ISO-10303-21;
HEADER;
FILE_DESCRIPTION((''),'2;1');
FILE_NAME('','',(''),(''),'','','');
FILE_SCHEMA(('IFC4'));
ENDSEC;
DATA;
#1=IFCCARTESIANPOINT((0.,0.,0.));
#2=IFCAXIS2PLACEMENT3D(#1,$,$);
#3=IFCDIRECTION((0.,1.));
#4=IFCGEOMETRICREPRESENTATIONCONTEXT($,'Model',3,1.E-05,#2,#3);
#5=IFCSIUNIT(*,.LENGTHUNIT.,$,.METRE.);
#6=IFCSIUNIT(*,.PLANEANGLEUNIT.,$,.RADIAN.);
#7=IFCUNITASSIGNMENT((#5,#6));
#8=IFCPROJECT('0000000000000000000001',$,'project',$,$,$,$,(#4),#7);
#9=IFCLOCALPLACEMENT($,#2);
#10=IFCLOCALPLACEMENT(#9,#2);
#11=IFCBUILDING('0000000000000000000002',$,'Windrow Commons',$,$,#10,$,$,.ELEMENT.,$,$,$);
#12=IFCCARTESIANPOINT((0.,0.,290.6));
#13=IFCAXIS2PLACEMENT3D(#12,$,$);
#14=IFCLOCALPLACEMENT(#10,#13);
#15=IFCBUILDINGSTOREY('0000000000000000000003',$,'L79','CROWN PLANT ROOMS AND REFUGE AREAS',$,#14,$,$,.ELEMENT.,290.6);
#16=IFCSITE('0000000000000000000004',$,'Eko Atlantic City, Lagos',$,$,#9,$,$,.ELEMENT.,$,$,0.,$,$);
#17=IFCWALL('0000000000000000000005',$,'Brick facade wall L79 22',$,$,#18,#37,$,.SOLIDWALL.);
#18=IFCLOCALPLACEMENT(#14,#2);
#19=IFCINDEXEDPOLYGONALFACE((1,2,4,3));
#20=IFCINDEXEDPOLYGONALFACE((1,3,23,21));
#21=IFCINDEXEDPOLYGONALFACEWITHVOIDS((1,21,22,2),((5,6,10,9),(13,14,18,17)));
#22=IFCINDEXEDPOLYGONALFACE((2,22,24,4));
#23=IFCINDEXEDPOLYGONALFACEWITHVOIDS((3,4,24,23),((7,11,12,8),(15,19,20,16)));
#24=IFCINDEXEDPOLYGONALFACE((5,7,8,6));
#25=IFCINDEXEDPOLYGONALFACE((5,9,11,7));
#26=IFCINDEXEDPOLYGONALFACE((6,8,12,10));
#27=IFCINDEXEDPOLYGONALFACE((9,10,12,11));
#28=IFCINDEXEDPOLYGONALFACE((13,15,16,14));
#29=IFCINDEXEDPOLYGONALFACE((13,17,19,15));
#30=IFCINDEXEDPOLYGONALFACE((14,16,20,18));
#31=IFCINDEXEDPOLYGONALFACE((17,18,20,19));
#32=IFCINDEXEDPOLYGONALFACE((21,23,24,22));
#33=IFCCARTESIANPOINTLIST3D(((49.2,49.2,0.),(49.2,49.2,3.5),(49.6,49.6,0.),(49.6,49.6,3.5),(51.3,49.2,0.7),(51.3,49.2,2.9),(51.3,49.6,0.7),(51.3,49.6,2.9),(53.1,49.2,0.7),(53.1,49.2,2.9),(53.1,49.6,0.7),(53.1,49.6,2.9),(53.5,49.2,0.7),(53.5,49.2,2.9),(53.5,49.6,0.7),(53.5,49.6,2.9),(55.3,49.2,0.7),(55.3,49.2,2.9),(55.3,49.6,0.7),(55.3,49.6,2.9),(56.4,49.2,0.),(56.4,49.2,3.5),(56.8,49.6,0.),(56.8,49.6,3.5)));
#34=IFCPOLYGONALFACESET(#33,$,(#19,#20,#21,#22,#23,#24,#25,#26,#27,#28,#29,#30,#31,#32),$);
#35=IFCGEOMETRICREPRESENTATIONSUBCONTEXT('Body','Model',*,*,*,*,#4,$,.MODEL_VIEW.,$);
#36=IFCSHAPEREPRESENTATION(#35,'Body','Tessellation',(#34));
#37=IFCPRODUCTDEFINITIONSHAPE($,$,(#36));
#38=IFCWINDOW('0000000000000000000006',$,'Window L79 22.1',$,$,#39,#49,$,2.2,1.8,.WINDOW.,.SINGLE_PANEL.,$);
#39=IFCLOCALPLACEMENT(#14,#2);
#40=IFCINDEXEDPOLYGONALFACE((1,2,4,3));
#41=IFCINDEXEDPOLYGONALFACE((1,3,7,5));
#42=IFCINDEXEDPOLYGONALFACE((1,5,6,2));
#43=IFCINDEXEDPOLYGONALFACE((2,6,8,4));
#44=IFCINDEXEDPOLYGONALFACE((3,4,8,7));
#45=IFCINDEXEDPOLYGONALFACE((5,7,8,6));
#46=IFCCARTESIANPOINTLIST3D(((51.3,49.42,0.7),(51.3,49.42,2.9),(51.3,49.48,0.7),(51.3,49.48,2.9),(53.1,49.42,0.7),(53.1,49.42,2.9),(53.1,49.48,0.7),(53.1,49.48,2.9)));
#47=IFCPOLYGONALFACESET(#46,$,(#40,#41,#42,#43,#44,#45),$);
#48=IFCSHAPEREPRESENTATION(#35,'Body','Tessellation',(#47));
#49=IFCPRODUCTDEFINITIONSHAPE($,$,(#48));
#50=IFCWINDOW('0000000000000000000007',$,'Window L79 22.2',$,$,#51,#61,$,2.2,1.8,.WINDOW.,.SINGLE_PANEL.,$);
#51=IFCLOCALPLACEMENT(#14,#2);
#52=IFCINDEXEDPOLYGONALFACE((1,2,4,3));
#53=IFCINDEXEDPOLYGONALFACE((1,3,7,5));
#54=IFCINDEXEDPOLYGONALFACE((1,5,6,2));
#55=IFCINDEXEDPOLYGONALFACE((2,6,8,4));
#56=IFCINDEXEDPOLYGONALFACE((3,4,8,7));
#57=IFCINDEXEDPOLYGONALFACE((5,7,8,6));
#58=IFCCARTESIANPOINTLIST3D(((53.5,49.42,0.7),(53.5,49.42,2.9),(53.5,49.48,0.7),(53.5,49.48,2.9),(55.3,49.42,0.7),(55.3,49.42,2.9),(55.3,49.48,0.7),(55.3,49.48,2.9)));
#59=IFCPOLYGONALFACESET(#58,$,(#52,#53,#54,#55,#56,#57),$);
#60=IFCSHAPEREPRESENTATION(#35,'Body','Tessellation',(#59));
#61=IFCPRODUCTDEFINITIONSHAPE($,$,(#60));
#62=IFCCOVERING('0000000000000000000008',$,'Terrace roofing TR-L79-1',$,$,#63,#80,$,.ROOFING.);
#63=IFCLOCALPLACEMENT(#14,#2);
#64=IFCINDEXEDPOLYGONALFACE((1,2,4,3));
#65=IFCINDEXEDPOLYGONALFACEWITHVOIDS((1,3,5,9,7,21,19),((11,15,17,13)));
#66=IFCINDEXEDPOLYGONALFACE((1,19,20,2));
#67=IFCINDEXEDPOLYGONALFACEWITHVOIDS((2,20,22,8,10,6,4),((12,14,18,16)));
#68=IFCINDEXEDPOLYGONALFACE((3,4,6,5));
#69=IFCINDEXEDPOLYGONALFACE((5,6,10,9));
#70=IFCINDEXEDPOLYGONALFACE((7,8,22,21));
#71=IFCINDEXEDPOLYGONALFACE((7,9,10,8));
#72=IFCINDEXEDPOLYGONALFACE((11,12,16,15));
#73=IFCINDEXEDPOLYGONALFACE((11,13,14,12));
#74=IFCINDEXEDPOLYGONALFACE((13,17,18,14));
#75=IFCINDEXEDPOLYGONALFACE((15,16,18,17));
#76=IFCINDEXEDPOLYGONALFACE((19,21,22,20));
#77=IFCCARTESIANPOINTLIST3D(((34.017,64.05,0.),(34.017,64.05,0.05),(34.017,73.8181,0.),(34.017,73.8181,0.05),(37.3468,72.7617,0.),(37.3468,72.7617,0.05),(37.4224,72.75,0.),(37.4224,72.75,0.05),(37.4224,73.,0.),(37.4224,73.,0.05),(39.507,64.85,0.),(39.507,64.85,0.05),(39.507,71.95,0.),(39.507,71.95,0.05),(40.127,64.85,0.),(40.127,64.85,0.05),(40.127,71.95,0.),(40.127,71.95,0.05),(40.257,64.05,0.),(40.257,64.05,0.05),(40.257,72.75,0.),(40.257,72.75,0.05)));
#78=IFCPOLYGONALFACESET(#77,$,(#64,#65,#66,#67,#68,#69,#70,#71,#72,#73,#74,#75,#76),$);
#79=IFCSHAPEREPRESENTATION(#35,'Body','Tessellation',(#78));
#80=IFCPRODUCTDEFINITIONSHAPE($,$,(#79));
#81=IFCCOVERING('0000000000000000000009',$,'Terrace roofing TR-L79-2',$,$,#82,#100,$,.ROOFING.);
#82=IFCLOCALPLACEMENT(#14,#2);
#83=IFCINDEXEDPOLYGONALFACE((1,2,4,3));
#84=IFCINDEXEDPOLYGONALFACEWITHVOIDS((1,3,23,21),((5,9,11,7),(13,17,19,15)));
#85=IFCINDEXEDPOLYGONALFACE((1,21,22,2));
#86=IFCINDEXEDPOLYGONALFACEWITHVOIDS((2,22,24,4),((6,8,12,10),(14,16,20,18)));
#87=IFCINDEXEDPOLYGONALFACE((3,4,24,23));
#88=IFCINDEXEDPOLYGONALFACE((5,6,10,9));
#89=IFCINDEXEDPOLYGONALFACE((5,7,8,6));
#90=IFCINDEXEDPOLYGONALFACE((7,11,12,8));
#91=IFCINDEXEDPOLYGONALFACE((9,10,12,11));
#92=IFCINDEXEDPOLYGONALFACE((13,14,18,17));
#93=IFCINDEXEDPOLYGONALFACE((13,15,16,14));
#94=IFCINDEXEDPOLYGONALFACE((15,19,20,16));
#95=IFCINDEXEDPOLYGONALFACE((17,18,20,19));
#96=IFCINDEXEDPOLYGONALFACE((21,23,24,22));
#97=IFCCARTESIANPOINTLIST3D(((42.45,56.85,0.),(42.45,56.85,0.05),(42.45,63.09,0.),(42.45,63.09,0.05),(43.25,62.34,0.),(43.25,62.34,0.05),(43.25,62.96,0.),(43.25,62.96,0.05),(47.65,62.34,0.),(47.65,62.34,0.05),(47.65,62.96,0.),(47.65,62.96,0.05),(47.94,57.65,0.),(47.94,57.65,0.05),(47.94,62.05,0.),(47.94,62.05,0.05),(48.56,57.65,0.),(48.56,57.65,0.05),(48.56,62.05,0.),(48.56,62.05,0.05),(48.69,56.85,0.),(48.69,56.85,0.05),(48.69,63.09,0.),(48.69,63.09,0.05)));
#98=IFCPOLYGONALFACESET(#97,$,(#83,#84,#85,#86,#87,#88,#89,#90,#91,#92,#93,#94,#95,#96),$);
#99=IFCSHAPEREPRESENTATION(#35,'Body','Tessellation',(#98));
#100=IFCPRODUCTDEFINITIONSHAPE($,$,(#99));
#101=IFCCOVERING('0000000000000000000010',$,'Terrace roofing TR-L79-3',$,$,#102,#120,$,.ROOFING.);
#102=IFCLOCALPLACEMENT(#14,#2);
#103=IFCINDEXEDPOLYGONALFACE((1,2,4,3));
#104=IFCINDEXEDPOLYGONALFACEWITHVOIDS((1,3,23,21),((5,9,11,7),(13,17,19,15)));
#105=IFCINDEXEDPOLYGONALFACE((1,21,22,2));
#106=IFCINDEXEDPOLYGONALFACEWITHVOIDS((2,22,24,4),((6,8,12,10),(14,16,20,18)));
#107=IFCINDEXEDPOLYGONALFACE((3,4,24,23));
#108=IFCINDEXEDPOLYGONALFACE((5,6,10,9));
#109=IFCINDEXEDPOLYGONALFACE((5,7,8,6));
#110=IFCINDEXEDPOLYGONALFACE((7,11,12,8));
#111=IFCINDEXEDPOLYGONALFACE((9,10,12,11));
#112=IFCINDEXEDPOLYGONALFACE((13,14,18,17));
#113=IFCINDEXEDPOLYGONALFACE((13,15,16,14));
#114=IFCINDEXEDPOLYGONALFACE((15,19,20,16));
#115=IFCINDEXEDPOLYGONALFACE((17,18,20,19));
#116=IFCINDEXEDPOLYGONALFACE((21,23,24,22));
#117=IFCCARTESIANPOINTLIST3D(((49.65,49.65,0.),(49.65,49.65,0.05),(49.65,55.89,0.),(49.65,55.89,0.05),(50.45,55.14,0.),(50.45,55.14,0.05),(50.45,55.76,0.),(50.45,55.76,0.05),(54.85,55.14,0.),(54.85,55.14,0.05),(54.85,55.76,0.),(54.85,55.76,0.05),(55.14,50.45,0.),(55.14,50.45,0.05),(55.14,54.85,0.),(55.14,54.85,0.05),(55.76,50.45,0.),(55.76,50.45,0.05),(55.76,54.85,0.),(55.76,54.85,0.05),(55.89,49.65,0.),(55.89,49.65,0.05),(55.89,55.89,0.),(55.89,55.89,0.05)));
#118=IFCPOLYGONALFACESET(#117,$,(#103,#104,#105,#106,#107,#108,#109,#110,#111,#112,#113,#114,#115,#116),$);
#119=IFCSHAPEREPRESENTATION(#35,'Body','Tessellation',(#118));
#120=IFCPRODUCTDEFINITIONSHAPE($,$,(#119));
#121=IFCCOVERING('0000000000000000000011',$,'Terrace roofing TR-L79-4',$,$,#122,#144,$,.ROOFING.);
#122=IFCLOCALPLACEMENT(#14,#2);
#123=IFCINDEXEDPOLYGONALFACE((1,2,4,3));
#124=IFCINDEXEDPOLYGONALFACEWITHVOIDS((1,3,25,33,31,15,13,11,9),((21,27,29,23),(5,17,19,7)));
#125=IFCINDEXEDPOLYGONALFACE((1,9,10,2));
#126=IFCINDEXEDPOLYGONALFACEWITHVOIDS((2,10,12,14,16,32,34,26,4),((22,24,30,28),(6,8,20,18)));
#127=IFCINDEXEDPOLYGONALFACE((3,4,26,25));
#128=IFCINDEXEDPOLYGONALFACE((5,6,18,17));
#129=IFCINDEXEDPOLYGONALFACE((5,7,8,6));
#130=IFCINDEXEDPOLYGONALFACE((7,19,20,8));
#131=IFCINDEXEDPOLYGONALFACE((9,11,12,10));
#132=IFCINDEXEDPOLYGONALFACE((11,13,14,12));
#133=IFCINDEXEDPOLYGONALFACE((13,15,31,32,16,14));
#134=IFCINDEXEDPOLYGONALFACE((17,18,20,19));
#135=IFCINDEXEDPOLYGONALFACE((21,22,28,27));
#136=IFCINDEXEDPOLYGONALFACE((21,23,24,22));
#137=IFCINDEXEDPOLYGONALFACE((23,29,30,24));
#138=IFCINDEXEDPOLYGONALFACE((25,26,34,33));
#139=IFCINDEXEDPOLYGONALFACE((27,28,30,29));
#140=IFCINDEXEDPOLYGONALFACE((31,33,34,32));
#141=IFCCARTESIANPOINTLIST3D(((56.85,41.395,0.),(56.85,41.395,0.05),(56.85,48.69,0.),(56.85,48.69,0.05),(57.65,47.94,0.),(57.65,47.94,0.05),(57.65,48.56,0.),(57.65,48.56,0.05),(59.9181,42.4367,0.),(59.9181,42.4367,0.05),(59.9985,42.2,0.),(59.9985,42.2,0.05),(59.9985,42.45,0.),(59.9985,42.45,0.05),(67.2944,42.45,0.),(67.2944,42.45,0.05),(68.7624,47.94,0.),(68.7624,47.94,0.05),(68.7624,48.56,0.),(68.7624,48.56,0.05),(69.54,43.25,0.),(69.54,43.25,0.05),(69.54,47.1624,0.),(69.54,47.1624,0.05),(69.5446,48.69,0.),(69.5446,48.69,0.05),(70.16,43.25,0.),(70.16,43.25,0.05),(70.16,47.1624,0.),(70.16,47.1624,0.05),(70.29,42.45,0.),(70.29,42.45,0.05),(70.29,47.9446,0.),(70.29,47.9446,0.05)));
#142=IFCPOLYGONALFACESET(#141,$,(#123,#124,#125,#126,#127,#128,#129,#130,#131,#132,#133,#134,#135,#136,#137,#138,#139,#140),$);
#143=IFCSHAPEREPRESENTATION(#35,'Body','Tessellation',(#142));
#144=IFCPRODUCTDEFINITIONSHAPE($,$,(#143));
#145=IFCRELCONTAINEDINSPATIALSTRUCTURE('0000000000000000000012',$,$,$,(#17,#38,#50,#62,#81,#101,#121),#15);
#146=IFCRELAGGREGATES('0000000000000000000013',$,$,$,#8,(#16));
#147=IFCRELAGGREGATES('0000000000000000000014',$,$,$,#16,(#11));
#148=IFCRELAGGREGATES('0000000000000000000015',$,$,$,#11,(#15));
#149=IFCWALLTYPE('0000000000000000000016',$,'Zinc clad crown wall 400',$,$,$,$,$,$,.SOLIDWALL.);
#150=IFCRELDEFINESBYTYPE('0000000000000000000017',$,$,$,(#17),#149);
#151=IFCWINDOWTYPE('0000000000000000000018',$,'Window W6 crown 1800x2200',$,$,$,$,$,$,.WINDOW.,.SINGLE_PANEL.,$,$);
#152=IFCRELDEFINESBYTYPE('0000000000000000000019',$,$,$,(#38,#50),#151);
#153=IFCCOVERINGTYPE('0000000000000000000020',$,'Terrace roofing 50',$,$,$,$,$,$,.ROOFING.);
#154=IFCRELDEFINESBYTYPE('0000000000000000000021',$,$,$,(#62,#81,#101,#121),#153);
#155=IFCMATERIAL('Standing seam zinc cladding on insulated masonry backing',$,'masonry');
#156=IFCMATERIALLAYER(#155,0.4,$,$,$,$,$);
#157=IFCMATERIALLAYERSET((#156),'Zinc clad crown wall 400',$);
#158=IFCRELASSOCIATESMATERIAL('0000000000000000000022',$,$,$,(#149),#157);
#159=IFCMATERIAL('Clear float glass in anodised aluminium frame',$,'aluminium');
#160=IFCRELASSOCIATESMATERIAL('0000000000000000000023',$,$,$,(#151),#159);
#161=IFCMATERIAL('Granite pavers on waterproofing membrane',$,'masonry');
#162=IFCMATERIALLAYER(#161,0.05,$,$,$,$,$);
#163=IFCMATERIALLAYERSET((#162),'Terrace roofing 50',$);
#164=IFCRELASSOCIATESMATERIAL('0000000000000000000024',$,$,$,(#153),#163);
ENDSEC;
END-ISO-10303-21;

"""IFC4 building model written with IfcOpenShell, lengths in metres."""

from ifc_helpers import new_model, si_unit, direction, frame, frame_2d, origin, place, context, subcontext, project, spatial, polyline, rectangle, outline, extrude, material, layer, layer_set, type_object, element, fill, save


model = new_model("IFC4")

# Units and contexts
model_context = context("Model", 3, precision=1e-05, world=origin(), true_north=direction((0.0, 1.0)))
body_context = subcontext(model_context, "Body", "Model", "MODEL_VIEW")
ifc_project = project(units=[si_unit("LENGTHUNIT", "METRE"), si_unit("PLANEANGLEUNIT", "RADIAN")], contexts=[model_context])

# Site, building, storey
site_placement = place(None, origin())
site = spatial("IfcSite", under=ifc_project, at=site_placement, Name="Eko Atlantic City, Lagos", CompositionType="ELEMENT", RefElevation=0.0)
building_placement = place(site_placement, origin())
building = spatial("IfcBuilding", under=site, at=building_placement, Name="Windrow Commons", CompositionType="ELEMENT")
storey_placement = place(building_placement, frame((0.0, 0.0, 290.6)))
storey = spatial("IfcBuildingStorey", under=building, at=storey_placement, Name="L79", Description="CROWN PLANT ROOMS AND REFUGE AREAS", CompositionType="ELEMENT", Elevation=290.6)

# Shared definitions
placement_1 = place(storey_placement, origin())

# Wall, openings, windows
ifc_material_1 = material(Name="Standing seam zinc cladding on insulated masonry backing", Category="masonry")
ifc_layer_1 = layer(ifc_material_1, 0.4)
ifc_layer_set_1 = layer_set([ifc_layer_1], Name="Zinc clad crown wall 400")
wall_type_1 = type_object("IfcWallType", Name="Zinc clad crown wall 400", PredefinedType="SOLIDWALL", material=ifc_layer_set_1)
wall_1_placement = place(storey_placement, frame((49.4, 49.4, 0.0), z_axis=(0.0, 0.0, 1.0), x_axis=(1.0, 0.0, 0.0)))
wall_1 = element("IfcWall", 1, at=wall_1_placement, inside=storey, type_object=wall_type_1, Name="Brick facade wall L79 22", PredefinedType="SOLIDWALL", context=body_context, shape_type="SweptSolid", body=[
    extrude(outline(polyline([(-0.2, -0.2), (7.0, -0.2), (7.4, 0.2), (0.2, 0.2), (-0.2, -0.2)])), origin(), (0.0, 0.0, 1.0), 3.5),
])
opening_1_placement = place(wall_1_placement, frame((1.9, 0.0, 0.7)))
opening_1 = element("IfcOpeningElement", 2, at=opening_1_placement, cuts=wall_1, PredefinedType="OPENING", context=body_context, shape_type="SweptSolid", body=[
    extrude(rectangle(XDim=1.8, YDim=2.2, at=frame_2d((0.9, 1.1))), frame((0.0, 0.21, 0.0), z_axis=(0.0, -1.0, 0.0), x_axis=(1.0, 0.0, 0.0)), (0.0, 0.0, 1.0), 0.42),
])
opening_2_placement = place(wall_1_placement, frame((4.1, 0.0, 0.7)))
opening_2 = element("IfcOpeningElement", 3, at=opening_2_placement, cuts=wall_1, PredefinedType="OPENING", context=body_context, shape_type="SweptSolid", body=[
    extrude(rectangle(XDim=1.8, YDim=2.2, at=frame_2d((0.9, 1.1))), frame((0.0, 0.21, 0.0), z_axis=(0.0, -1.0, 0.0), x_axis=(1.0, 0.0, 0.0)), (0.0, 0.0, 1.0), 0.42),
])
ifc_material_2 = material(Name="Clear float glass in anodised aluminium frame", Category="aluminium")
window_type = type_object("IfcWindowType", Name="Window W6 crown 1800x2200", PartitioningType="SINGLE_PANEL", PredefinedType="WINDOW", material=ifc_material_2)
window_1_placement = place(opening_1_placement, origin())
window_1 = element("IfcWindow", 4, at=window_1_placement, inside=storey, type_object=window_type, Name="Window L79 22.1", OverallHeight=2.2, OverallWidth=1.8, PartitioningType="SINGLE_PANEL", PredefinedType="WINDOW", context=body_context, shape_type="SweptSolid", body=[
    extrude(rectangle(XDim=1.8, YDim=2.2, at=frame_2d((0.9, 1.1))), frame((0.0, 0.08, 0.0), z_axis=(0.0, -1.0, 0.0), x_axis=(1.0, 0.0, 0.0)), (0.0, 0.0, 1.0), 0.06),
])
fill(opening_1, window_1)
window_2_placement = place(opening_2_placement, origin())
window_2 = element("IfcWindow", 5, at=window_2_placement, inside=storey, type_object=window_type, Name="Window L79 22.2", OverallHeight=2.2, OverallWidth=1.8, PartitioningType="SINGLE_PANEL", PredefinedType="WINDOW", context=body_context, shape_type="SweptSolid", body=[
    extrude(rectangle(XDim=1.8, YDim=2.2, at=frame_2d((0.9, 1.1))), frame((0.0, 0.08, 0.0), z_axis=(0.0, -1.0, 0.0), x_axis=(1.0, 0.0, 0.0)), (0.0, 0.0, 1.0), 0.06),
])
fill(opening_2, window_2)

# Coverings
ifc_material_3 = material(Name="Granite pavers on waterproofing membrane", Category="masonry")
ifc_layer_2 = layer(ifc_material_3, 0.05)
ifc_layer_set_2 = layer_set([ifc_layer_2], Name="Terrace roofing 50")
covering_type = type_object("IfcCoveringType", Name="Terrace roofing 50", PredefinedType="ROOFING", material=ifc_layer_set_2)
element("IfcCovering", 6, at=placement_1, inside=storey, type_object=covering_type, Name="Terrace roofing TR-L79-1", PredefinedType="ROOFING", context=body_context, shape_type="SweptSolid", body=[
    extrude(outline(polyline([(40.257, 72.75), (40.257, 64.05), (34.017, 64.05), (34.017, 73.8181), (37.3468, 72.7617), (37.4224, 73.0), (37.4224, 72.75), (40.257, 72.75)]), holes=[polyline([(40.127, 64.85), (40.127, 71.95), (39.507, 71.95), (39.507, 64.85), (40.127, 64.85)])]), origin(), (0.0, 0.0, 1.0), 0.05),
])
element("IfcCovering", 7, at=placement_1, inside=storey, type_object=covering_type, Name="Terrace roofing TR-L79-2", PredefinedType="ROOFING", context=body_context, shape_type="SweptSolid", body=[
    extrude(outline(polyline([(42.45, 63.09), (48.69, 63.09), (48.69, 56.85), (42.45, 56.85), (42.45, 63.09)]), holes=[polyline([(48.56, 62.05), (47.94, 62.05), (47.94, 57.65), (48.56, 57.65), (48.56, 62.05)]), polyline([(47.65, 62.96), (43.25, 62.96), (43.25, 62.34), (47.65, 62.34), (47.65, 62.96)])]), origin(), (0.0, 0.0, 1.0), 0.05),
])
element("IfcCovering", 8, at=placement_1, inside=storey, type_object=covering_type, Name="Terrace roofing TR-L79-3", PredefinedType="ROOFING", context=body_context, shape_type="SweptSolid", body=[
    extrude(outline(polyline([(49.65, 55.89), (55.89, 55.89), (55.89, 49.65), (49.65, 49.65), (49.65, 55.89)]), holes=[polyline([(55.76, 50.45), (55.76, 54.85), (55.14, 54.85), (55.14, 50.45), (55.76, 50.45)]), polyline([(54.85, 55.76), (50.45, 55.76), (50.45, 55.14), (54.85, 55.14), (54.85, 55.76)])]), origin(), (0.0, 0.0, 1.0), 0.05),
])
element("IfcCovering", 9, at=placement_1, inside=storey, type_object=covering_type, Name="Terrace roofing TR-L79-4", PredefinedType="ROOFING", context=body_context, shape_type="SweptSolid", body=[
    extrude(outline(polyline([(70.29, 42.45), (67.2944, 42.45), (59.9985, 42.45), (59.9985, 42.2), (59.9181, 42.4367), (56.85, 41.395), (56.85, 48.69), (69.5446, 48.69), (70.29, 47.9446), (70.29, 42.45)]), holes=[polyline([(70.16, 47.1624), (69.54, 47.1624), (69.54, 43.25), (70.16, 43.25), (70.16, 47.1624)]), polyline([(68.7624, 48.56), (57.65, 48.56), (57.65, 47.94), (68.7624, 47.94), (68.7624, 48.56)])]), origin(), (0.0, 0.0, 1.0), 0.05),
])

save(model, "model.ifc")
